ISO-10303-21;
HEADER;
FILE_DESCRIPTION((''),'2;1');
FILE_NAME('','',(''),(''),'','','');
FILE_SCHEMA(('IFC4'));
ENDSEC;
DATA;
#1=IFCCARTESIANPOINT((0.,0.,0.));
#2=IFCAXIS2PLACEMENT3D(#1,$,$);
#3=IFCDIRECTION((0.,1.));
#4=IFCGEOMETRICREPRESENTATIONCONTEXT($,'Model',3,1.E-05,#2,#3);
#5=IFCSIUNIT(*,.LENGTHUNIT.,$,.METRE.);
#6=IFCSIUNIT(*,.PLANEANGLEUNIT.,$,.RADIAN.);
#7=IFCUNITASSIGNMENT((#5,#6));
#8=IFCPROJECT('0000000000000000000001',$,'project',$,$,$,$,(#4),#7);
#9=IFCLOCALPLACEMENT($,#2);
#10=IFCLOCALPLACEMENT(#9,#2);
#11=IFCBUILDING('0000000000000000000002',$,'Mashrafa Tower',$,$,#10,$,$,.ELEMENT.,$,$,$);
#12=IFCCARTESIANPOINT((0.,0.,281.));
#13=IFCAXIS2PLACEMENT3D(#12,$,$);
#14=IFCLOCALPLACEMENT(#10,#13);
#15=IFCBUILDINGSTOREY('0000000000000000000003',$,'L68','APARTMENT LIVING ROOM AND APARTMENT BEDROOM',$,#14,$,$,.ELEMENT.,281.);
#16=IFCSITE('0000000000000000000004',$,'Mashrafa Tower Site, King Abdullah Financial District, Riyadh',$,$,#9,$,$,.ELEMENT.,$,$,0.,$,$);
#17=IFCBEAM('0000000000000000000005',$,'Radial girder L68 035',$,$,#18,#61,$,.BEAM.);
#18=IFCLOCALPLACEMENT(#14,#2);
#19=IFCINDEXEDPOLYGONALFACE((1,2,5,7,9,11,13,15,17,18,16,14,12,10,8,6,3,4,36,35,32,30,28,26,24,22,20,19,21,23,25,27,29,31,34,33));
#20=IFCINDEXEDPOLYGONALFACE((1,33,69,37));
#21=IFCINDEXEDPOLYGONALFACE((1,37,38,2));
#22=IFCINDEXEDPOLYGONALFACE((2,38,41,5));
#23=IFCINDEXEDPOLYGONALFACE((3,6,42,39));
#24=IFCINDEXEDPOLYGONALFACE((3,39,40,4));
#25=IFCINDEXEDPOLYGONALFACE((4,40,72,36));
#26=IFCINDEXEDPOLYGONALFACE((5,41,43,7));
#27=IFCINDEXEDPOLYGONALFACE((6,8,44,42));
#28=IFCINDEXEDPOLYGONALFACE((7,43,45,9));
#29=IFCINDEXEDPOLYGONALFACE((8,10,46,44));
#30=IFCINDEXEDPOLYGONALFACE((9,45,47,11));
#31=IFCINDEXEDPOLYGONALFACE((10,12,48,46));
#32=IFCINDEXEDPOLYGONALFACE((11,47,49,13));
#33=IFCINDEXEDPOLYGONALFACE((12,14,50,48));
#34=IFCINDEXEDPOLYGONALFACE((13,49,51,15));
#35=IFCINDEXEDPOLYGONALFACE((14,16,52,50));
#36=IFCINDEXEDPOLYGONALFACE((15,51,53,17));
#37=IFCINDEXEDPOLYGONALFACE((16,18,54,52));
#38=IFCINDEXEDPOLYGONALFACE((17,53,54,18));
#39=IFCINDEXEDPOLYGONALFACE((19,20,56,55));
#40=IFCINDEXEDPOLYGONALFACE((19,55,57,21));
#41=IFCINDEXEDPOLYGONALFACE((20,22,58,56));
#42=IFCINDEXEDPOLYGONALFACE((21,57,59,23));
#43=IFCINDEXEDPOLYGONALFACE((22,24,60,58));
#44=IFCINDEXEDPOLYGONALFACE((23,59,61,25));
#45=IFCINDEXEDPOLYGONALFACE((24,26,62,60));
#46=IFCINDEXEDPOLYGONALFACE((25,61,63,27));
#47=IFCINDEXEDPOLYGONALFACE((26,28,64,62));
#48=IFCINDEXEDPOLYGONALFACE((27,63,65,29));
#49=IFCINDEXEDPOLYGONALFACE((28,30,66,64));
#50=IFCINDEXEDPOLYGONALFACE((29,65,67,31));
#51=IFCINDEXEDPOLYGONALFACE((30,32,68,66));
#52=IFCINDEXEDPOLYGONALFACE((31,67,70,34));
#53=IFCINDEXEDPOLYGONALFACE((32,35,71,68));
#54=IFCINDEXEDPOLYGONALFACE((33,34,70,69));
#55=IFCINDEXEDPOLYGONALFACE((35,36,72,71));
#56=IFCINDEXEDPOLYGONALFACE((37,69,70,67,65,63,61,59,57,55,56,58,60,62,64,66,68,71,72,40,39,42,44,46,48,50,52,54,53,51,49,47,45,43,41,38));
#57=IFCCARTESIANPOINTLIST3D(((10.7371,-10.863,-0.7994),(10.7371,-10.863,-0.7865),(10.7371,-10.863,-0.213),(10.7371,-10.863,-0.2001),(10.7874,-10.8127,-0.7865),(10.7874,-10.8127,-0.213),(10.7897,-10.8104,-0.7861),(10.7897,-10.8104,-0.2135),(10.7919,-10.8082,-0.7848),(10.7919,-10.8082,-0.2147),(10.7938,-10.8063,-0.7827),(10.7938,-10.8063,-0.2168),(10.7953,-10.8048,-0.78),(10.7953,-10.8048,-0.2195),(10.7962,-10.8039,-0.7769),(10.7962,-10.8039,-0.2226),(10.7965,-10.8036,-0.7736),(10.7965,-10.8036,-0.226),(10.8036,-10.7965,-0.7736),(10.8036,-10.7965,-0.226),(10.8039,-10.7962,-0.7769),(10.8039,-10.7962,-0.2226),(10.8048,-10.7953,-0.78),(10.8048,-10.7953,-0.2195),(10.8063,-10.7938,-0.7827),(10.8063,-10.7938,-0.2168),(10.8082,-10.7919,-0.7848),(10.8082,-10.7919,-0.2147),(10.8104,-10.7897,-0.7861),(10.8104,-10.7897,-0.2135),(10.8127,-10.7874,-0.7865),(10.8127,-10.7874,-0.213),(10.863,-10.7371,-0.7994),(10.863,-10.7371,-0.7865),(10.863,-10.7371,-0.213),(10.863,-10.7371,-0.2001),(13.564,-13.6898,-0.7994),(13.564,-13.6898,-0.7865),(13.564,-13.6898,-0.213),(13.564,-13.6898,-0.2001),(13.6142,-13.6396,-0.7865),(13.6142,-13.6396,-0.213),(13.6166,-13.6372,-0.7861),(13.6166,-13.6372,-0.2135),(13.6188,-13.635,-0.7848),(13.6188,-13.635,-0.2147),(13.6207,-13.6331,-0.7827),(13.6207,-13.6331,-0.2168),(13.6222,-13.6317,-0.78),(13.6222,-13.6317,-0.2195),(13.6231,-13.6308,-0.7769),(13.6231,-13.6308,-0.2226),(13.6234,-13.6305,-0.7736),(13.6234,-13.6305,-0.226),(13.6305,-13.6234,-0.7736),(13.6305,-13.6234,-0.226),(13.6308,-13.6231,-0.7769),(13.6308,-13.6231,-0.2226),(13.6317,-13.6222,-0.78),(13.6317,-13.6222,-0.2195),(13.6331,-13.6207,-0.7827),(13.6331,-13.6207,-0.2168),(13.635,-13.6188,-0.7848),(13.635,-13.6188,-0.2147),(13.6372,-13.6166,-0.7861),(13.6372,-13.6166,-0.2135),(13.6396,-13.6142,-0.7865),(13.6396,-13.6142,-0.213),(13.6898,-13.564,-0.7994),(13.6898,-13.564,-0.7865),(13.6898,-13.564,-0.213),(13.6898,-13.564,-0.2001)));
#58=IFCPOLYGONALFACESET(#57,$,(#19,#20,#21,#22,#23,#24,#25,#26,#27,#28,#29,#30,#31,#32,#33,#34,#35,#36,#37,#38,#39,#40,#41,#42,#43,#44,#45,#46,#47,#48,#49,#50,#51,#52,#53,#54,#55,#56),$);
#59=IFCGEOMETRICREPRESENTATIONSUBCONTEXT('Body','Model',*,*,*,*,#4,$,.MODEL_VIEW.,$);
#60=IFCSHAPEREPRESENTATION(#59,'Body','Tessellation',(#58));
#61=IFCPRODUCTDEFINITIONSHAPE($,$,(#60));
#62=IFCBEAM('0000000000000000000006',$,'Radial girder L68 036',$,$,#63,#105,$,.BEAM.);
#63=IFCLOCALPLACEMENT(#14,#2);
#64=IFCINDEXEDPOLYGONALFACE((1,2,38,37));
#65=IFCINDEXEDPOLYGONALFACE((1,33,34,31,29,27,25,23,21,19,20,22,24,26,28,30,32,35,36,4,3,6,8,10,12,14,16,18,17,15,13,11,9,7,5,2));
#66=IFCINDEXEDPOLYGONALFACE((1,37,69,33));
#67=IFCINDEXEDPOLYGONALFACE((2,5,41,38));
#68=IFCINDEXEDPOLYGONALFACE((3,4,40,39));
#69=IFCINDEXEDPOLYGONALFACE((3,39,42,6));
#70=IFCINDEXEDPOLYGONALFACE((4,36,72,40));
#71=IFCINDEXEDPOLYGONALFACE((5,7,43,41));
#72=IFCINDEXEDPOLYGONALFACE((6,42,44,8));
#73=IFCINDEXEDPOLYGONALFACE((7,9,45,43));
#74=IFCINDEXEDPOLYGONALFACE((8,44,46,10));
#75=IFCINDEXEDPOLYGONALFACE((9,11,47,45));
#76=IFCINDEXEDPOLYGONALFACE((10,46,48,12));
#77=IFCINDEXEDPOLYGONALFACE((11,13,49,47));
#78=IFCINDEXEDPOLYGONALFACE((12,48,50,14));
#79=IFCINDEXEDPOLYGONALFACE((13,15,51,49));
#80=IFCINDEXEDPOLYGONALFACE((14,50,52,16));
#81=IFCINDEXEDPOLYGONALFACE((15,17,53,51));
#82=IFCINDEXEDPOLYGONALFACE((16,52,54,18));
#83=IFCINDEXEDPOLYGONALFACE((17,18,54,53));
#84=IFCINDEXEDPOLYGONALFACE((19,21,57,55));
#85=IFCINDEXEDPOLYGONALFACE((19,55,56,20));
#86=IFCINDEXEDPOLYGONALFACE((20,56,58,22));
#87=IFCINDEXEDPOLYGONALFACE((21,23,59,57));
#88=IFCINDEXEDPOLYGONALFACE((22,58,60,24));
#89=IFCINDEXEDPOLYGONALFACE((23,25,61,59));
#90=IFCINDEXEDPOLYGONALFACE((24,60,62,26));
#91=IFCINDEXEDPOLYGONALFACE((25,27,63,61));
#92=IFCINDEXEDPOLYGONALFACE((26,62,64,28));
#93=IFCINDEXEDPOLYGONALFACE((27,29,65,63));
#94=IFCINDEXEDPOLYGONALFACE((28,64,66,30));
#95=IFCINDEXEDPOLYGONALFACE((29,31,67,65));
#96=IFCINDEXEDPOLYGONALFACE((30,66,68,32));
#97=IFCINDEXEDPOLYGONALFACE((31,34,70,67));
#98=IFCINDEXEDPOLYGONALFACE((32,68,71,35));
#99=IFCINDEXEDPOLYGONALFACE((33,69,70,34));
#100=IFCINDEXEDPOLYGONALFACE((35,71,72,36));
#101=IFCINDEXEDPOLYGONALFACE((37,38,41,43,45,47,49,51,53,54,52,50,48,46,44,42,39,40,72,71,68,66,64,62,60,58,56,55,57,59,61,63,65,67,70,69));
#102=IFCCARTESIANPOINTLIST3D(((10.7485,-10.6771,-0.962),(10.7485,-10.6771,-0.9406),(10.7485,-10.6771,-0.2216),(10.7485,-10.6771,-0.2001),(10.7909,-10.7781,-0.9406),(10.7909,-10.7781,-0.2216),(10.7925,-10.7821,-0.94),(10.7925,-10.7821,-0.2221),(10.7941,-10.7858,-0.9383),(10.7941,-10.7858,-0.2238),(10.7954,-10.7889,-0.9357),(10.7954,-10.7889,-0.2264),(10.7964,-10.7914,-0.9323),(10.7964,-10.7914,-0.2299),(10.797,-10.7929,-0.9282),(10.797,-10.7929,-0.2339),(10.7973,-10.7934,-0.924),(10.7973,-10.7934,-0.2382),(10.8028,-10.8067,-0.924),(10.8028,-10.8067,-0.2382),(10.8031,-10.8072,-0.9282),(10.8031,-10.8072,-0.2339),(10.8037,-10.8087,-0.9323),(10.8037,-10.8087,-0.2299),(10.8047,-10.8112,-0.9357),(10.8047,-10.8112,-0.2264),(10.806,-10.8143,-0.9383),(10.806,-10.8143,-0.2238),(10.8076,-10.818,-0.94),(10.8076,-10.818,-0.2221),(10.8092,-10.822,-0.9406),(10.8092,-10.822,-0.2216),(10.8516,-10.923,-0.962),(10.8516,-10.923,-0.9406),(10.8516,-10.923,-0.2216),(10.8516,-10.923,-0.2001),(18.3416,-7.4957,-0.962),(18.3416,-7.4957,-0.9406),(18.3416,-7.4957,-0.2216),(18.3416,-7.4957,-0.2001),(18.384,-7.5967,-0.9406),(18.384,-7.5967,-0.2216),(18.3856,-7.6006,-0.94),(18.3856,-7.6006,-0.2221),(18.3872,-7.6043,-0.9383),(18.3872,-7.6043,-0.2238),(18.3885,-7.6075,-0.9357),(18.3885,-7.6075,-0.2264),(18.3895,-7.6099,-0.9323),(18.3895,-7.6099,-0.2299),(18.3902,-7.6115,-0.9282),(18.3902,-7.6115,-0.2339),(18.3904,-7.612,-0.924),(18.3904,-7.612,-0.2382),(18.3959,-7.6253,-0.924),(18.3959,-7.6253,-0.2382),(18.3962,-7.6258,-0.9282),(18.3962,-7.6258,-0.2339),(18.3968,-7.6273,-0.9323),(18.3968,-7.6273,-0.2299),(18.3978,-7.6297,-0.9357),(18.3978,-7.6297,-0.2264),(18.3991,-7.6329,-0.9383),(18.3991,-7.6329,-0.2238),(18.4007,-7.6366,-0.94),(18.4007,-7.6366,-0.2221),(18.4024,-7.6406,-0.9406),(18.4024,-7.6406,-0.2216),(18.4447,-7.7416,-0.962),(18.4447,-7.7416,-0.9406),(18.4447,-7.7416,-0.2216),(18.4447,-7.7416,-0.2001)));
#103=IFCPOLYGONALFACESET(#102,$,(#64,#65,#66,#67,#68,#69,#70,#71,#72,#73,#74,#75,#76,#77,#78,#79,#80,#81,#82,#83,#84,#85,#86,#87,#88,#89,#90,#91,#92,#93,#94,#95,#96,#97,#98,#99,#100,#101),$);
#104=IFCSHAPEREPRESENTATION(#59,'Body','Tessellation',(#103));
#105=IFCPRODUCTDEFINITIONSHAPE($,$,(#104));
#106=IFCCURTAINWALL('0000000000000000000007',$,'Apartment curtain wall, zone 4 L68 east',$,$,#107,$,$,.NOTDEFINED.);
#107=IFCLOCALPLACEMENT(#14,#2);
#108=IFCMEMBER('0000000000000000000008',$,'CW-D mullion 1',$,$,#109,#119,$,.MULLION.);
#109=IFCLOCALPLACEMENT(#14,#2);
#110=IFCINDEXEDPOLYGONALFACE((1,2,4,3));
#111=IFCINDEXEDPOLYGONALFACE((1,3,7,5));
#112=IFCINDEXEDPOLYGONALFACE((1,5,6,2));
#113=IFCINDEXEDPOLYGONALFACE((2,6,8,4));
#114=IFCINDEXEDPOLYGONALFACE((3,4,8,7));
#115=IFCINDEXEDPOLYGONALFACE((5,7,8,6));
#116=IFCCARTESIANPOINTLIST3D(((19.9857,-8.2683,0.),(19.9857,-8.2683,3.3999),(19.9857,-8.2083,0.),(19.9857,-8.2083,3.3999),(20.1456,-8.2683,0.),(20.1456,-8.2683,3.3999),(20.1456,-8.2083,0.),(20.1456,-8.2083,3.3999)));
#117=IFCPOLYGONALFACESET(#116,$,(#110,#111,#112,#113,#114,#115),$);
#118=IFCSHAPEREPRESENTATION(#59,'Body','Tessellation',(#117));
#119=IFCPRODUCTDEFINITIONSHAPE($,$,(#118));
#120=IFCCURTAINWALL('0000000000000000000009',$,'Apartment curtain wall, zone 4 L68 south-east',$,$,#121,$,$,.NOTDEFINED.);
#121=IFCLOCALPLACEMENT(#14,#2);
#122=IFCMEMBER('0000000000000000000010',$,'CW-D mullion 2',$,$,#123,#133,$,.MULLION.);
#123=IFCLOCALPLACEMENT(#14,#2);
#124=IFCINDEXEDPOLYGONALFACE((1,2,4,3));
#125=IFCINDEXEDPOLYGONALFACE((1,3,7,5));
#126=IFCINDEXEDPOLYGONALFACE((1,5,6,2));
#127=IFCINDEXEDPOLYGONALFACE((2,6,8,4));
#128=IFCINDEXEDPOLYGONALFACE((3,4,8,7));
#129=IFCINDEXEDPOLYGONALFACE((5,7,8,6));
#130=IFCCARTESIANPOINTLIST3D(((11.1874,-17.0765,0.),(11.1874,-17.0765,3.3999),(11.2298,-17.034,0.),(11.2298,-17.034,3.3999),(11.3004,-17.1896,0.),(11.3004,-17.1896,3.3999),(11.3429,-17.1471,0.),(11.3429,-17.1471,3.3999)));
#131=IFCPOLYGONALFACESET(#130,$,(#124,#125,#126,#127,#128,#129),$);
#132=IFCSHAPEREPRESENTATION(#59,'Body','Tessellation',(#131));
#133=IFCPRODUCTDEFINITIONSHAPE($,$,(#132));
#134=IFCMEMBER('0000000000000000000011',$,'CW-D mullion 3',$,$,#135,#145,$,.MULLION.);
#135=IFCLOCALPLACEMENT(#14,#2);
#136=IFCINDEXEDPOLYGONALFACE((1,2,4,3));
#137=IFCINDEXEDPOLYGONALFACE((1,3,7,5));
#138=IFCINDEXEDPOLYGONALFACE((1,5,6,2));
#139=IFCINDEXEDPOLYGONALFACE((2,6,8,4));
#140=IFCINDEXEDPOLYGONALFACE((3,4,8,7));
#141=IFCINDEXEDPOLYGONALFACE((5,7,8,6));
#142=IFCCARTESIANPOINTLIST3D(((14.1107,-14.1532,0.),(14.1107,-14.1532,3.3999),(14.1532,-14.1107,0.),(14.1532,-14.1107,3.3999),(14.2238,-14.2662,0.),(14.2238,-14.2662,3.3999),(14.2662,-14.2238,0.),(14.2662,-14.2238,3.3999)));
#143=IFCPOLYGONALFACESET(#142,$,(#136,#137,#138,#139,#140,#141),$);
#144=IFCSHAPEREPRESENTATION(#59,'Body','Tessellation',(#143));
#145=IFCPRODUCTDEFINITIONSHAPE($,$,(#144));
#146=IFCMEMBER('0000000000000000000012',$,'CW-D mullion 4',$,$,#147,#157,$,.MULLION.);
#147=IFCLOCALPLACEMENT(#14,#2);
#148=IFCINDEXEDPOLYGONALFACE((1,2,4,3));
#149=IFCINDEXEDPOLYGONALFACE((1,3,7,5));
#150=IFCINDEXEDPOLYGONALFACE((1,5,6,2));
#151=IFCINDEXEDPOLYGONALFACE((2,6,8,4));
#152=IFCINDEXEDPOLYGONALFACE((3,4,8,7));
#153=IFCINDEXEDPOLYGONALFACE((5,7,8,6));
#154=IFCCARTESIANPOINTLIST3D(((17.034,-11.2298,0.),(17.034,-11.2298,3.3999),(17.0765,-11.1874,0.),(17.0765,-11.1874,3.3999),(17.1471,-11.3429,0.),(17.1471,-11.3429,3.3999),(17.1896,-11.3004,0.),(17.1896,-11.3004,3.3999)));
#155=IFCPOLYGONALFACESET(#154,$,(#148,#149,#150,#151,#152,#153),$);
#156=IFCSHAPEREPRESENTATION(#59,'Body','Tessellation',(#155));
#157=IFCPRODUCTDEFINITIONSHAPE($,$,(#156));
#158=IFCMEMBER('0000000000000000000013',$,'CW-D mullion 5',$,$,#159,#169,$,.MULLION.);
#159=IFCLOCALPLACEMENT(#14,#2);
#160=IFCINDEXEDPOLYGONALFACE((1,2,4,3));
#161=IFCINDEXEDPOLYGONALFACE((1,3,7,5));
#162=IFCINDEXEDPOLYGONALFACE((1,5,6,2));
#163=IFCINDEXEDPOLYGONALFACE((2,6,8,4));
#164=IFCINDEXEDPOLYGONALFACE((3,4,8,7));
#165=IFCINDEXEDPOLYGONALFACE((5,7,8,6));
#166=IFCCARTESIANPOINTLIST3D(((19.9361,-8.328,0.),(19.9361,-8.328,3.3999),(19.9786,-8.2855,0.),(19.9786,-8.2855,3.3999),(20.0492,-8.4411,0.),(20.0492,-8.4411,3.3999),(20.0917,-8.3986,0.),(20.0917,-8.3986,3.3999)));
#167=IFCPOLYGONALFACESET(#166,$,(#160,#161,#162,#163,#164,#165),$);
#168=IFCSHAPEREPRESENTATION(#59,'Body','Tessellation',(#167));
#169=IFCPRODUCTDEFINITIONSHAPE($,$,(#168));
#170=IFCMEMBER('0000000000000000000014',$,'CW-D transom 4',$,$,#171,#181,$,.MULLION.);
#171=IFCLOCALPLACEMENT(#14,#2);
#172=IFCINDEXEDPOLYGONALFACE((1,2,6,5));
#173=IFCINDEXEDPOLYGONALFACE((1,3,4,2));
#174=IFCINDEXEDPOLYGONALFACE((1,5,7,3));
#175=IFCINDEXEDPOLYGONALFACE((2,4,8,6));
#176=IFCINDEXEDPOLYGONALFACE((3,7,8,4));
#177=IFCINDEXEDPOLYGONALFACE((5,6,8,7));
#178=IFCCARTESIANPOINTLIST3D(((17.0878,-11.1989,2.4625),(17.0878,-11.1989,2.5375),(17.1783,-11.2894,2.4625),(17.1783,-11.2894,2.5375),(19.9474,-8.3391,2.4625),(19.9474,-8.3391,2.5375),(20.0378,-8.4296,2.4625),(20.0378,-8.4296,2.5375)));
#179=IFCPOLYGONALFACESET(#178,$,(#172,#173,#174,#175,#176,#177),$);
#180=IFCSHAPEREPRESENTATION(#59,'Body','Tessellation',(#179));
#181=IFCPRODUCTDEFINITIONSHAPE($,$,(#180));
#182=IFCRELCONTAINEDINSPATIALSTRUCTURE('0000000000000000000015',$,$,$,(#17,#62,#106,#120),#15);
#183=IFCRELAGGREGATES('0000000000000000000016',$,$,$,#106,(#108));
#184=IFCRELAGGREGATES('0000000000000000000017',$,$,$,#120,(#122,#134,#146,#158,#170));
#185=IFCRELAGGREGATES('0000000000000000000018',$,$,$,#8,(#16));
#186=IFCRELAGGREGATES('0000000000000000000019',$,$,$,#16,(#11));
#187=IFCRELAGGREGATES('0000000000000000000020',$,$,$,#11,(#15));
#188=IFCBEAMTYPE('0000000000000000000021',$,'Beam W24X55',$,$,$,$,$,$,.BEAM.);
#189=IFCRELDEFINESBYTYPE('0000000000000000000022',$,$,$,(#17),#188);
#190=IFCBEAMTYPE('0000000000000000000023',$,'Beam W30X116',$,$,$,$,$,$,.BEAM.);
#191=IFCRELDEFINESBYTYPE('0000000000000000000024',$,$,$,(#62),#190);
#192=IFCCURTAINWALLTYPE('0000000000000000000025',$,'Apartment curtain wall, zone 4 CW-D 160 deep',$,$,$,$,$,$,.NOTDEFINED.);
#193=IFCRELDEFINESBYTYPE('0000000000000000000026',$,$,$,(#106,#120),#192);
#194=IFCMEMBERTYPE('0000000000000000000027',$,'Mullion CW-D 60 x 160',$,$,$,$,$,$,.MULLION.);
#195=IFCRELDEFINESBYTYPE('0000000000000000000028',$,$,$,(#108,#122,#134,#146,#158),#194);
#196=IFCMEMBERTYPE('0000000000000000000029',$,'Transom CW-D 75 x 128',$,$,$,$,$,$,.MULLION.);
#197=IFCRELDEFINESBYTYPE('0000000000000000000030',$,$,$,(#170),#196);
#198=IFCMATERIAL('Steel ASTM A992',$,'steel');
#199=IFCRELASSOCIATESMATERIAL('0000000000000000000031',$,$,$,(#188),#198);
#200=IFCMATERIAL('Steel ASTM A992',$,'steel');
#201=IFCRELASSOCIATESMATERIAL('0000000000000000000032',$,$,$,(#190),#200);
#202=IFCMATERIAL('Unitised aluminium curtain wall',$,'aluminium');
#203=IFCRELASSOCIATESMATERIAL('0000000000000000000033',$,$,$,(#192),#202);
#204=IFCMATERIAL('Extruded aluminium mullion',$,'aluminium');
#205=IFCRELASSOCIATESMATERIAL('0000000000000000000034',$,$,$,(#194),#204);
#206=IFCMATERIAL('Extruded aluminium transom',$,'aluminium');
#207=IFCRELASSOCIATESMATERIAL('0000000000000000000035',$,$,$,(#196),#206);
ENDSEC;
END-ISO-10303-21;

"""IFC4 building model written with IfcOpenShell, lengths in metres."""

from ifc_helpers import new_model, si_unit, direction, frame, origin, origin_2d, place, context, subcontext, project, spatial, rectangle, i_section, extrude, source, transform, mapped, material, material_profile, profile_set, type_object, type_shapes, element, aggregate, save


model = new_model("IFC4")

# Units and contexts
model_context = context("Model", 3, precision=1e-05, world=origin(), true_north=direction((0.0, 1.0)))
body_context = subcontext(model_context, "Body", "Model", "MODEL_VIEW")
ifc_project = project(units=[si_unit("LENGTHUNIT", "METRE"), si_unit("PLANEANGLEUNIT", "RADIAN")], contexts=[model_context])

# Site, building, storey
site_placement = place(None, origin())
site = spatial("IfcSite", under=ifc_project, at=site_placement, Name="Mashrafa Tower Site, King Abdullah Financial District, Riyadh", CompositionType="ELEMENT", RefElevation=0.0)
building_placement = place(site_placement, origin())
building = spatial("IfcBuilding", under=site, at=building_placement, Name="Mashrafa Tower", CompositionType="ELEMENT")
storey_placement = place(building_placement, frame((0.0, 0.0, 281.0)))
storey = spatial("IfcBuildingStorey", under=building, at=storey_placement, Name="L68", Description="APARTMENT LIVING ROOM AND APARTMENT BEDROOM", CompositionType="ELEMENT", Elevation=281.0)

# Beams
ifc_material_1 = material(Name="Steel ASTM A992", Category="steel")
ifc_material_profile_1 = material_profile(ifc_material_1, i_section(OverallWidth=0.178, OverallDepth=0.5994, WebThickness=0.01, FlangeThickness=0.0129, FilletRadius=0.0129, at=origin_2d()), Name="W24X55")
ifc_profile_set_1 = profile_set([ifc_material_profile_1], Name="Steel ASTM A992")
beam_type_1 = type_object("IfcBeamType", Name="Beam W24X55", PredefinedType="BEAM", material=ifc_profile_set_1)
beam_1_placement = place(storey_placement, frame((10.8, -10.8, -0.4998), z_axis=(0.707107, -0.707107, 0.0), x_axis=(0.707107, 0.707107, 0.0)))
element("IfcBeam", 1, at=beam_1_placement, inside=storey, type_object=beam_type_1, Name="Radial girder L68 035", PredefinedType="BEAM", context=body_context, shape_type="SweptSolid", body=[
    extrude(i_section(OverallWidth=0.178, OverallDepth=0.5994, WebThickness=0.01, FlangeThickness=0.0129, FilletRadius=0.0129, at=origin_2d()), origin(), (0.0, 0.0, 1.0), 3.9978),
])
ifc_material_2 = material(Name="Steel ASTM A992", Category="steel")
ifc_material_profile_2 = material_profile(ifc_material_2, i_section(OverallWidth=0.2666, OverallDepth=0.762, WebThickness=0.0144, FlangeThickness=0.0215, FilletRadius=0.0166, at=origin_2d()), Name="W30X116")
ifc_profile_set_2 = profile_set([ifc_material_profile_2], Name="Steel ASTM A992")
beam_type_2 = type_object("IfcBeamType", Name="Beam W30X116", PredefinedType="BEAM", material=ifc_profile_set_2)
beam_2_placement = place(storey_placement, frame((10.8, -10.8, -0.5811), z_axis=(0.922314, 0.38644, 0.0), x_axis=(-0.38644, 0.922314, 0.0)))
element("IfcBeam", 2, at=beam_2_placement, inside=storey, type_object=beam_type_2, Name="Radial girder L68 036", PredefinedType="BEAM", context=body_context, shape_type="SweptSolid", body=[
    extrude(i_section(OverallWidth=0.2666, OverallDepth=0.762, WebThickness=0.0144, FlangeThickness=0.0215, FilletRadius=0.0166, at=origin_2d()), origin(), (0.0, 0.0, 1.0), 8.2327),
])

# Curtain wall, member
ifc_material_3 = material(Name="Unitised aluminium curtain wall", Category="aluminium")
curtain_wall_type = type_object("IfcCurtainWallType", Name="Apartment curtain wall, zone 4 CW-D 160 deep", PredefinedType="NOTDEFINED", material=ifc_material_3)
curtain_wall_1_placement = place(storey_placement, origin())
curtain_wall_1 = element("IfcCurtainWall", 3, at=curtain_wall_1_placement, inside=storey, type_object=curtain_wall_type, Name="Apartment curtain wall, zone 4 L68 east", PredefinedType="NOTDEFINED")
ifc_material_4 = material(Name="Extruded aluminium mullion", Category="aluminium")
ifc_material_profile_3 = material_profile(ifc_material_4, rectangle(XDim=0.1599, YDim=0.0601, at=origin_2d()), Name="Mullion 60x160")
ifc_profile_set_3 = profile_set([ifc_material_profile_3], Name="Extruded aluminium mullion")
member_type_1 = type_object("IfcMemberType", Name="Mullion CW-D 60 x 160", PredefinedType="MULLION", material=ifc_profile_set_3)
shared_shape_1 = source(origin(), body_context, "Body", "SweptSolid", [
    extrude(rectangle(XDim=0.1599, YDim=0.0601, at=origin_2d()), origin(), (0.0, 0.0, 1.0), 3.3999),
])
type_shapes(member_type_1, [shared_shape_1])
member_1_placement = place(storey_placement, frame((20.0657, -8.2383, 0.0), z_axis=(0.0, 0.0, 1.0), x_axis=(-1.0, 0.0, 0.0)))
member_1 = element("IfcMember", 4, at=member_1_placement, type_object=member_type_1, Name="CW-D mullion 1", PredefinedType="MULLION", context=body_context, shape_type="MappedRepresentation", body=[
    mapped(shared_shape_1, transform((0.0, 0.0, 0.0))),
])
aggregate(curtain_wall_1, [member_1])

# Curtain wall, members
curtain_wall_2_placement = place(storey_placement, origin())
curtain_wall_2 = element("IfcCurtainWall", 5, at=curtain_wall_2_placement, inside=storey, type_object=curtain_wall_type, Name="Apartment curtain wall, zone 4 L68 south-east", PredefinedType="NOTDEFINED")
member_2_placement = place(storey_placement, frame((11.2651, -17.1118, 0.0), z_axis=(0.0, 0.0, 1.0), x_axis=(-0.707107, 0.707107, 0.0)))
member_2 = element("IfcMember", 6, at=member_2_placement, type_object=member_type_1, Name="CW-D mullion 2", PredefinedType="MULLION", context=body_context, shape_type="MappedRepresentation", body=[
    mapped(shared_shape_1, transform((0.0, 0.0, 0.0))),
])
member_3_placement = place(storey_placement, frame((14.1885, -14.1885, 0.0), z_axis=(0.0, 0.0, 1.0), x_axis=(-0.707107, 0.707107, 0.0)))
member_3 = element("IfcMember", 7, at=member_3_placement, type_object=member_type_1, Name="CW-D mullion 3", PredefinedType="MULLION", context=body_context, shape_type="MappedRepresentation", body=[
    mapped(shared_shape_1, transform((0.0, 0.0, 0.0))),
])
member_4_placement = place(storey_placement, frame((17.1118, -11.2651, 0.0), z_axis=(0.0, 0.0, 1.0), x_axis=(-0.707107, 0.707107, 0.0)))
member_4 = element("IfcMember", 8, at=member_4_placement, type_object=member_type_1, Name="CW-D mullion 4", PredefinedType="MULLION", context=body_context, shape_type="MappedRepresentation", body=[
    mapped(shared_shape_1, transform((0.0, 0.0, 0.0))),
])
member_5_placement = place(storey_placement, frame((20.0139, -8.3633, 0.0), z_axis=(0.0, 0.0, 1.0), x_axis=(-0.707107, 0.707107, 0.0)))
member_5 = element("IfcMember", 9, at=member_5_placement, type_object=member_type_1, Name="CW-D mullion 5", PredefinedType="MULLION", context=body_context, shape_type="MappedRepresentation", body=[
    mapped(shared_shape_1, transform((0.0, 0.0, 0.0))),
])
ifc_material_5 = material(Name="Extruded aluminium transom", Category="aluminium")
ifc_material_profile_4 = material_profile(ifc_material_5, rectangle(XDim=0.1279, YDim=0.075, at=origin_2d()), Name="Transom 75x128")
ifc_profile_set_4 = profile_set([ifc_material_profile_4], Name="Extruded aluminium transom")
member_type_2 = type_object("IfcMemberType", Name="Transom CW-D 75 x 128", PredefinedType="MULLION", material=ifc_profile_set_4)
shared_shape_2 = source(origin(), body_context, "Body", "SweptSolid", [
    extrude(rectangle(XDim=0.1279, YDim=0.075, at=origin_2d()), origin(), (0.0, 0.0, 1.0), 4.0442),
])
member_6_placement = place(storey_placement, frame((17.1331, -11.2441, 2.5), z_axis=(0.707077, 0.707137, 0.0), x_axis=(-0.707137, 0.707077, 0.0)))
member_6 = element("IfcMember", 10, at=member_6_placement, type_object=member_type_2, Name="CW-D transom 4", PredefinedType="MULLION", context=body_context, shape_type="MappedRepresentation", body=[
    mapped(shared_shape_2, transform((0.0, 0.0, 0.0))),
])
aggregate(curtain_wall_2, [member_2, member_3, member_4, member_5, member_6])

save(model, "model.ifc")
